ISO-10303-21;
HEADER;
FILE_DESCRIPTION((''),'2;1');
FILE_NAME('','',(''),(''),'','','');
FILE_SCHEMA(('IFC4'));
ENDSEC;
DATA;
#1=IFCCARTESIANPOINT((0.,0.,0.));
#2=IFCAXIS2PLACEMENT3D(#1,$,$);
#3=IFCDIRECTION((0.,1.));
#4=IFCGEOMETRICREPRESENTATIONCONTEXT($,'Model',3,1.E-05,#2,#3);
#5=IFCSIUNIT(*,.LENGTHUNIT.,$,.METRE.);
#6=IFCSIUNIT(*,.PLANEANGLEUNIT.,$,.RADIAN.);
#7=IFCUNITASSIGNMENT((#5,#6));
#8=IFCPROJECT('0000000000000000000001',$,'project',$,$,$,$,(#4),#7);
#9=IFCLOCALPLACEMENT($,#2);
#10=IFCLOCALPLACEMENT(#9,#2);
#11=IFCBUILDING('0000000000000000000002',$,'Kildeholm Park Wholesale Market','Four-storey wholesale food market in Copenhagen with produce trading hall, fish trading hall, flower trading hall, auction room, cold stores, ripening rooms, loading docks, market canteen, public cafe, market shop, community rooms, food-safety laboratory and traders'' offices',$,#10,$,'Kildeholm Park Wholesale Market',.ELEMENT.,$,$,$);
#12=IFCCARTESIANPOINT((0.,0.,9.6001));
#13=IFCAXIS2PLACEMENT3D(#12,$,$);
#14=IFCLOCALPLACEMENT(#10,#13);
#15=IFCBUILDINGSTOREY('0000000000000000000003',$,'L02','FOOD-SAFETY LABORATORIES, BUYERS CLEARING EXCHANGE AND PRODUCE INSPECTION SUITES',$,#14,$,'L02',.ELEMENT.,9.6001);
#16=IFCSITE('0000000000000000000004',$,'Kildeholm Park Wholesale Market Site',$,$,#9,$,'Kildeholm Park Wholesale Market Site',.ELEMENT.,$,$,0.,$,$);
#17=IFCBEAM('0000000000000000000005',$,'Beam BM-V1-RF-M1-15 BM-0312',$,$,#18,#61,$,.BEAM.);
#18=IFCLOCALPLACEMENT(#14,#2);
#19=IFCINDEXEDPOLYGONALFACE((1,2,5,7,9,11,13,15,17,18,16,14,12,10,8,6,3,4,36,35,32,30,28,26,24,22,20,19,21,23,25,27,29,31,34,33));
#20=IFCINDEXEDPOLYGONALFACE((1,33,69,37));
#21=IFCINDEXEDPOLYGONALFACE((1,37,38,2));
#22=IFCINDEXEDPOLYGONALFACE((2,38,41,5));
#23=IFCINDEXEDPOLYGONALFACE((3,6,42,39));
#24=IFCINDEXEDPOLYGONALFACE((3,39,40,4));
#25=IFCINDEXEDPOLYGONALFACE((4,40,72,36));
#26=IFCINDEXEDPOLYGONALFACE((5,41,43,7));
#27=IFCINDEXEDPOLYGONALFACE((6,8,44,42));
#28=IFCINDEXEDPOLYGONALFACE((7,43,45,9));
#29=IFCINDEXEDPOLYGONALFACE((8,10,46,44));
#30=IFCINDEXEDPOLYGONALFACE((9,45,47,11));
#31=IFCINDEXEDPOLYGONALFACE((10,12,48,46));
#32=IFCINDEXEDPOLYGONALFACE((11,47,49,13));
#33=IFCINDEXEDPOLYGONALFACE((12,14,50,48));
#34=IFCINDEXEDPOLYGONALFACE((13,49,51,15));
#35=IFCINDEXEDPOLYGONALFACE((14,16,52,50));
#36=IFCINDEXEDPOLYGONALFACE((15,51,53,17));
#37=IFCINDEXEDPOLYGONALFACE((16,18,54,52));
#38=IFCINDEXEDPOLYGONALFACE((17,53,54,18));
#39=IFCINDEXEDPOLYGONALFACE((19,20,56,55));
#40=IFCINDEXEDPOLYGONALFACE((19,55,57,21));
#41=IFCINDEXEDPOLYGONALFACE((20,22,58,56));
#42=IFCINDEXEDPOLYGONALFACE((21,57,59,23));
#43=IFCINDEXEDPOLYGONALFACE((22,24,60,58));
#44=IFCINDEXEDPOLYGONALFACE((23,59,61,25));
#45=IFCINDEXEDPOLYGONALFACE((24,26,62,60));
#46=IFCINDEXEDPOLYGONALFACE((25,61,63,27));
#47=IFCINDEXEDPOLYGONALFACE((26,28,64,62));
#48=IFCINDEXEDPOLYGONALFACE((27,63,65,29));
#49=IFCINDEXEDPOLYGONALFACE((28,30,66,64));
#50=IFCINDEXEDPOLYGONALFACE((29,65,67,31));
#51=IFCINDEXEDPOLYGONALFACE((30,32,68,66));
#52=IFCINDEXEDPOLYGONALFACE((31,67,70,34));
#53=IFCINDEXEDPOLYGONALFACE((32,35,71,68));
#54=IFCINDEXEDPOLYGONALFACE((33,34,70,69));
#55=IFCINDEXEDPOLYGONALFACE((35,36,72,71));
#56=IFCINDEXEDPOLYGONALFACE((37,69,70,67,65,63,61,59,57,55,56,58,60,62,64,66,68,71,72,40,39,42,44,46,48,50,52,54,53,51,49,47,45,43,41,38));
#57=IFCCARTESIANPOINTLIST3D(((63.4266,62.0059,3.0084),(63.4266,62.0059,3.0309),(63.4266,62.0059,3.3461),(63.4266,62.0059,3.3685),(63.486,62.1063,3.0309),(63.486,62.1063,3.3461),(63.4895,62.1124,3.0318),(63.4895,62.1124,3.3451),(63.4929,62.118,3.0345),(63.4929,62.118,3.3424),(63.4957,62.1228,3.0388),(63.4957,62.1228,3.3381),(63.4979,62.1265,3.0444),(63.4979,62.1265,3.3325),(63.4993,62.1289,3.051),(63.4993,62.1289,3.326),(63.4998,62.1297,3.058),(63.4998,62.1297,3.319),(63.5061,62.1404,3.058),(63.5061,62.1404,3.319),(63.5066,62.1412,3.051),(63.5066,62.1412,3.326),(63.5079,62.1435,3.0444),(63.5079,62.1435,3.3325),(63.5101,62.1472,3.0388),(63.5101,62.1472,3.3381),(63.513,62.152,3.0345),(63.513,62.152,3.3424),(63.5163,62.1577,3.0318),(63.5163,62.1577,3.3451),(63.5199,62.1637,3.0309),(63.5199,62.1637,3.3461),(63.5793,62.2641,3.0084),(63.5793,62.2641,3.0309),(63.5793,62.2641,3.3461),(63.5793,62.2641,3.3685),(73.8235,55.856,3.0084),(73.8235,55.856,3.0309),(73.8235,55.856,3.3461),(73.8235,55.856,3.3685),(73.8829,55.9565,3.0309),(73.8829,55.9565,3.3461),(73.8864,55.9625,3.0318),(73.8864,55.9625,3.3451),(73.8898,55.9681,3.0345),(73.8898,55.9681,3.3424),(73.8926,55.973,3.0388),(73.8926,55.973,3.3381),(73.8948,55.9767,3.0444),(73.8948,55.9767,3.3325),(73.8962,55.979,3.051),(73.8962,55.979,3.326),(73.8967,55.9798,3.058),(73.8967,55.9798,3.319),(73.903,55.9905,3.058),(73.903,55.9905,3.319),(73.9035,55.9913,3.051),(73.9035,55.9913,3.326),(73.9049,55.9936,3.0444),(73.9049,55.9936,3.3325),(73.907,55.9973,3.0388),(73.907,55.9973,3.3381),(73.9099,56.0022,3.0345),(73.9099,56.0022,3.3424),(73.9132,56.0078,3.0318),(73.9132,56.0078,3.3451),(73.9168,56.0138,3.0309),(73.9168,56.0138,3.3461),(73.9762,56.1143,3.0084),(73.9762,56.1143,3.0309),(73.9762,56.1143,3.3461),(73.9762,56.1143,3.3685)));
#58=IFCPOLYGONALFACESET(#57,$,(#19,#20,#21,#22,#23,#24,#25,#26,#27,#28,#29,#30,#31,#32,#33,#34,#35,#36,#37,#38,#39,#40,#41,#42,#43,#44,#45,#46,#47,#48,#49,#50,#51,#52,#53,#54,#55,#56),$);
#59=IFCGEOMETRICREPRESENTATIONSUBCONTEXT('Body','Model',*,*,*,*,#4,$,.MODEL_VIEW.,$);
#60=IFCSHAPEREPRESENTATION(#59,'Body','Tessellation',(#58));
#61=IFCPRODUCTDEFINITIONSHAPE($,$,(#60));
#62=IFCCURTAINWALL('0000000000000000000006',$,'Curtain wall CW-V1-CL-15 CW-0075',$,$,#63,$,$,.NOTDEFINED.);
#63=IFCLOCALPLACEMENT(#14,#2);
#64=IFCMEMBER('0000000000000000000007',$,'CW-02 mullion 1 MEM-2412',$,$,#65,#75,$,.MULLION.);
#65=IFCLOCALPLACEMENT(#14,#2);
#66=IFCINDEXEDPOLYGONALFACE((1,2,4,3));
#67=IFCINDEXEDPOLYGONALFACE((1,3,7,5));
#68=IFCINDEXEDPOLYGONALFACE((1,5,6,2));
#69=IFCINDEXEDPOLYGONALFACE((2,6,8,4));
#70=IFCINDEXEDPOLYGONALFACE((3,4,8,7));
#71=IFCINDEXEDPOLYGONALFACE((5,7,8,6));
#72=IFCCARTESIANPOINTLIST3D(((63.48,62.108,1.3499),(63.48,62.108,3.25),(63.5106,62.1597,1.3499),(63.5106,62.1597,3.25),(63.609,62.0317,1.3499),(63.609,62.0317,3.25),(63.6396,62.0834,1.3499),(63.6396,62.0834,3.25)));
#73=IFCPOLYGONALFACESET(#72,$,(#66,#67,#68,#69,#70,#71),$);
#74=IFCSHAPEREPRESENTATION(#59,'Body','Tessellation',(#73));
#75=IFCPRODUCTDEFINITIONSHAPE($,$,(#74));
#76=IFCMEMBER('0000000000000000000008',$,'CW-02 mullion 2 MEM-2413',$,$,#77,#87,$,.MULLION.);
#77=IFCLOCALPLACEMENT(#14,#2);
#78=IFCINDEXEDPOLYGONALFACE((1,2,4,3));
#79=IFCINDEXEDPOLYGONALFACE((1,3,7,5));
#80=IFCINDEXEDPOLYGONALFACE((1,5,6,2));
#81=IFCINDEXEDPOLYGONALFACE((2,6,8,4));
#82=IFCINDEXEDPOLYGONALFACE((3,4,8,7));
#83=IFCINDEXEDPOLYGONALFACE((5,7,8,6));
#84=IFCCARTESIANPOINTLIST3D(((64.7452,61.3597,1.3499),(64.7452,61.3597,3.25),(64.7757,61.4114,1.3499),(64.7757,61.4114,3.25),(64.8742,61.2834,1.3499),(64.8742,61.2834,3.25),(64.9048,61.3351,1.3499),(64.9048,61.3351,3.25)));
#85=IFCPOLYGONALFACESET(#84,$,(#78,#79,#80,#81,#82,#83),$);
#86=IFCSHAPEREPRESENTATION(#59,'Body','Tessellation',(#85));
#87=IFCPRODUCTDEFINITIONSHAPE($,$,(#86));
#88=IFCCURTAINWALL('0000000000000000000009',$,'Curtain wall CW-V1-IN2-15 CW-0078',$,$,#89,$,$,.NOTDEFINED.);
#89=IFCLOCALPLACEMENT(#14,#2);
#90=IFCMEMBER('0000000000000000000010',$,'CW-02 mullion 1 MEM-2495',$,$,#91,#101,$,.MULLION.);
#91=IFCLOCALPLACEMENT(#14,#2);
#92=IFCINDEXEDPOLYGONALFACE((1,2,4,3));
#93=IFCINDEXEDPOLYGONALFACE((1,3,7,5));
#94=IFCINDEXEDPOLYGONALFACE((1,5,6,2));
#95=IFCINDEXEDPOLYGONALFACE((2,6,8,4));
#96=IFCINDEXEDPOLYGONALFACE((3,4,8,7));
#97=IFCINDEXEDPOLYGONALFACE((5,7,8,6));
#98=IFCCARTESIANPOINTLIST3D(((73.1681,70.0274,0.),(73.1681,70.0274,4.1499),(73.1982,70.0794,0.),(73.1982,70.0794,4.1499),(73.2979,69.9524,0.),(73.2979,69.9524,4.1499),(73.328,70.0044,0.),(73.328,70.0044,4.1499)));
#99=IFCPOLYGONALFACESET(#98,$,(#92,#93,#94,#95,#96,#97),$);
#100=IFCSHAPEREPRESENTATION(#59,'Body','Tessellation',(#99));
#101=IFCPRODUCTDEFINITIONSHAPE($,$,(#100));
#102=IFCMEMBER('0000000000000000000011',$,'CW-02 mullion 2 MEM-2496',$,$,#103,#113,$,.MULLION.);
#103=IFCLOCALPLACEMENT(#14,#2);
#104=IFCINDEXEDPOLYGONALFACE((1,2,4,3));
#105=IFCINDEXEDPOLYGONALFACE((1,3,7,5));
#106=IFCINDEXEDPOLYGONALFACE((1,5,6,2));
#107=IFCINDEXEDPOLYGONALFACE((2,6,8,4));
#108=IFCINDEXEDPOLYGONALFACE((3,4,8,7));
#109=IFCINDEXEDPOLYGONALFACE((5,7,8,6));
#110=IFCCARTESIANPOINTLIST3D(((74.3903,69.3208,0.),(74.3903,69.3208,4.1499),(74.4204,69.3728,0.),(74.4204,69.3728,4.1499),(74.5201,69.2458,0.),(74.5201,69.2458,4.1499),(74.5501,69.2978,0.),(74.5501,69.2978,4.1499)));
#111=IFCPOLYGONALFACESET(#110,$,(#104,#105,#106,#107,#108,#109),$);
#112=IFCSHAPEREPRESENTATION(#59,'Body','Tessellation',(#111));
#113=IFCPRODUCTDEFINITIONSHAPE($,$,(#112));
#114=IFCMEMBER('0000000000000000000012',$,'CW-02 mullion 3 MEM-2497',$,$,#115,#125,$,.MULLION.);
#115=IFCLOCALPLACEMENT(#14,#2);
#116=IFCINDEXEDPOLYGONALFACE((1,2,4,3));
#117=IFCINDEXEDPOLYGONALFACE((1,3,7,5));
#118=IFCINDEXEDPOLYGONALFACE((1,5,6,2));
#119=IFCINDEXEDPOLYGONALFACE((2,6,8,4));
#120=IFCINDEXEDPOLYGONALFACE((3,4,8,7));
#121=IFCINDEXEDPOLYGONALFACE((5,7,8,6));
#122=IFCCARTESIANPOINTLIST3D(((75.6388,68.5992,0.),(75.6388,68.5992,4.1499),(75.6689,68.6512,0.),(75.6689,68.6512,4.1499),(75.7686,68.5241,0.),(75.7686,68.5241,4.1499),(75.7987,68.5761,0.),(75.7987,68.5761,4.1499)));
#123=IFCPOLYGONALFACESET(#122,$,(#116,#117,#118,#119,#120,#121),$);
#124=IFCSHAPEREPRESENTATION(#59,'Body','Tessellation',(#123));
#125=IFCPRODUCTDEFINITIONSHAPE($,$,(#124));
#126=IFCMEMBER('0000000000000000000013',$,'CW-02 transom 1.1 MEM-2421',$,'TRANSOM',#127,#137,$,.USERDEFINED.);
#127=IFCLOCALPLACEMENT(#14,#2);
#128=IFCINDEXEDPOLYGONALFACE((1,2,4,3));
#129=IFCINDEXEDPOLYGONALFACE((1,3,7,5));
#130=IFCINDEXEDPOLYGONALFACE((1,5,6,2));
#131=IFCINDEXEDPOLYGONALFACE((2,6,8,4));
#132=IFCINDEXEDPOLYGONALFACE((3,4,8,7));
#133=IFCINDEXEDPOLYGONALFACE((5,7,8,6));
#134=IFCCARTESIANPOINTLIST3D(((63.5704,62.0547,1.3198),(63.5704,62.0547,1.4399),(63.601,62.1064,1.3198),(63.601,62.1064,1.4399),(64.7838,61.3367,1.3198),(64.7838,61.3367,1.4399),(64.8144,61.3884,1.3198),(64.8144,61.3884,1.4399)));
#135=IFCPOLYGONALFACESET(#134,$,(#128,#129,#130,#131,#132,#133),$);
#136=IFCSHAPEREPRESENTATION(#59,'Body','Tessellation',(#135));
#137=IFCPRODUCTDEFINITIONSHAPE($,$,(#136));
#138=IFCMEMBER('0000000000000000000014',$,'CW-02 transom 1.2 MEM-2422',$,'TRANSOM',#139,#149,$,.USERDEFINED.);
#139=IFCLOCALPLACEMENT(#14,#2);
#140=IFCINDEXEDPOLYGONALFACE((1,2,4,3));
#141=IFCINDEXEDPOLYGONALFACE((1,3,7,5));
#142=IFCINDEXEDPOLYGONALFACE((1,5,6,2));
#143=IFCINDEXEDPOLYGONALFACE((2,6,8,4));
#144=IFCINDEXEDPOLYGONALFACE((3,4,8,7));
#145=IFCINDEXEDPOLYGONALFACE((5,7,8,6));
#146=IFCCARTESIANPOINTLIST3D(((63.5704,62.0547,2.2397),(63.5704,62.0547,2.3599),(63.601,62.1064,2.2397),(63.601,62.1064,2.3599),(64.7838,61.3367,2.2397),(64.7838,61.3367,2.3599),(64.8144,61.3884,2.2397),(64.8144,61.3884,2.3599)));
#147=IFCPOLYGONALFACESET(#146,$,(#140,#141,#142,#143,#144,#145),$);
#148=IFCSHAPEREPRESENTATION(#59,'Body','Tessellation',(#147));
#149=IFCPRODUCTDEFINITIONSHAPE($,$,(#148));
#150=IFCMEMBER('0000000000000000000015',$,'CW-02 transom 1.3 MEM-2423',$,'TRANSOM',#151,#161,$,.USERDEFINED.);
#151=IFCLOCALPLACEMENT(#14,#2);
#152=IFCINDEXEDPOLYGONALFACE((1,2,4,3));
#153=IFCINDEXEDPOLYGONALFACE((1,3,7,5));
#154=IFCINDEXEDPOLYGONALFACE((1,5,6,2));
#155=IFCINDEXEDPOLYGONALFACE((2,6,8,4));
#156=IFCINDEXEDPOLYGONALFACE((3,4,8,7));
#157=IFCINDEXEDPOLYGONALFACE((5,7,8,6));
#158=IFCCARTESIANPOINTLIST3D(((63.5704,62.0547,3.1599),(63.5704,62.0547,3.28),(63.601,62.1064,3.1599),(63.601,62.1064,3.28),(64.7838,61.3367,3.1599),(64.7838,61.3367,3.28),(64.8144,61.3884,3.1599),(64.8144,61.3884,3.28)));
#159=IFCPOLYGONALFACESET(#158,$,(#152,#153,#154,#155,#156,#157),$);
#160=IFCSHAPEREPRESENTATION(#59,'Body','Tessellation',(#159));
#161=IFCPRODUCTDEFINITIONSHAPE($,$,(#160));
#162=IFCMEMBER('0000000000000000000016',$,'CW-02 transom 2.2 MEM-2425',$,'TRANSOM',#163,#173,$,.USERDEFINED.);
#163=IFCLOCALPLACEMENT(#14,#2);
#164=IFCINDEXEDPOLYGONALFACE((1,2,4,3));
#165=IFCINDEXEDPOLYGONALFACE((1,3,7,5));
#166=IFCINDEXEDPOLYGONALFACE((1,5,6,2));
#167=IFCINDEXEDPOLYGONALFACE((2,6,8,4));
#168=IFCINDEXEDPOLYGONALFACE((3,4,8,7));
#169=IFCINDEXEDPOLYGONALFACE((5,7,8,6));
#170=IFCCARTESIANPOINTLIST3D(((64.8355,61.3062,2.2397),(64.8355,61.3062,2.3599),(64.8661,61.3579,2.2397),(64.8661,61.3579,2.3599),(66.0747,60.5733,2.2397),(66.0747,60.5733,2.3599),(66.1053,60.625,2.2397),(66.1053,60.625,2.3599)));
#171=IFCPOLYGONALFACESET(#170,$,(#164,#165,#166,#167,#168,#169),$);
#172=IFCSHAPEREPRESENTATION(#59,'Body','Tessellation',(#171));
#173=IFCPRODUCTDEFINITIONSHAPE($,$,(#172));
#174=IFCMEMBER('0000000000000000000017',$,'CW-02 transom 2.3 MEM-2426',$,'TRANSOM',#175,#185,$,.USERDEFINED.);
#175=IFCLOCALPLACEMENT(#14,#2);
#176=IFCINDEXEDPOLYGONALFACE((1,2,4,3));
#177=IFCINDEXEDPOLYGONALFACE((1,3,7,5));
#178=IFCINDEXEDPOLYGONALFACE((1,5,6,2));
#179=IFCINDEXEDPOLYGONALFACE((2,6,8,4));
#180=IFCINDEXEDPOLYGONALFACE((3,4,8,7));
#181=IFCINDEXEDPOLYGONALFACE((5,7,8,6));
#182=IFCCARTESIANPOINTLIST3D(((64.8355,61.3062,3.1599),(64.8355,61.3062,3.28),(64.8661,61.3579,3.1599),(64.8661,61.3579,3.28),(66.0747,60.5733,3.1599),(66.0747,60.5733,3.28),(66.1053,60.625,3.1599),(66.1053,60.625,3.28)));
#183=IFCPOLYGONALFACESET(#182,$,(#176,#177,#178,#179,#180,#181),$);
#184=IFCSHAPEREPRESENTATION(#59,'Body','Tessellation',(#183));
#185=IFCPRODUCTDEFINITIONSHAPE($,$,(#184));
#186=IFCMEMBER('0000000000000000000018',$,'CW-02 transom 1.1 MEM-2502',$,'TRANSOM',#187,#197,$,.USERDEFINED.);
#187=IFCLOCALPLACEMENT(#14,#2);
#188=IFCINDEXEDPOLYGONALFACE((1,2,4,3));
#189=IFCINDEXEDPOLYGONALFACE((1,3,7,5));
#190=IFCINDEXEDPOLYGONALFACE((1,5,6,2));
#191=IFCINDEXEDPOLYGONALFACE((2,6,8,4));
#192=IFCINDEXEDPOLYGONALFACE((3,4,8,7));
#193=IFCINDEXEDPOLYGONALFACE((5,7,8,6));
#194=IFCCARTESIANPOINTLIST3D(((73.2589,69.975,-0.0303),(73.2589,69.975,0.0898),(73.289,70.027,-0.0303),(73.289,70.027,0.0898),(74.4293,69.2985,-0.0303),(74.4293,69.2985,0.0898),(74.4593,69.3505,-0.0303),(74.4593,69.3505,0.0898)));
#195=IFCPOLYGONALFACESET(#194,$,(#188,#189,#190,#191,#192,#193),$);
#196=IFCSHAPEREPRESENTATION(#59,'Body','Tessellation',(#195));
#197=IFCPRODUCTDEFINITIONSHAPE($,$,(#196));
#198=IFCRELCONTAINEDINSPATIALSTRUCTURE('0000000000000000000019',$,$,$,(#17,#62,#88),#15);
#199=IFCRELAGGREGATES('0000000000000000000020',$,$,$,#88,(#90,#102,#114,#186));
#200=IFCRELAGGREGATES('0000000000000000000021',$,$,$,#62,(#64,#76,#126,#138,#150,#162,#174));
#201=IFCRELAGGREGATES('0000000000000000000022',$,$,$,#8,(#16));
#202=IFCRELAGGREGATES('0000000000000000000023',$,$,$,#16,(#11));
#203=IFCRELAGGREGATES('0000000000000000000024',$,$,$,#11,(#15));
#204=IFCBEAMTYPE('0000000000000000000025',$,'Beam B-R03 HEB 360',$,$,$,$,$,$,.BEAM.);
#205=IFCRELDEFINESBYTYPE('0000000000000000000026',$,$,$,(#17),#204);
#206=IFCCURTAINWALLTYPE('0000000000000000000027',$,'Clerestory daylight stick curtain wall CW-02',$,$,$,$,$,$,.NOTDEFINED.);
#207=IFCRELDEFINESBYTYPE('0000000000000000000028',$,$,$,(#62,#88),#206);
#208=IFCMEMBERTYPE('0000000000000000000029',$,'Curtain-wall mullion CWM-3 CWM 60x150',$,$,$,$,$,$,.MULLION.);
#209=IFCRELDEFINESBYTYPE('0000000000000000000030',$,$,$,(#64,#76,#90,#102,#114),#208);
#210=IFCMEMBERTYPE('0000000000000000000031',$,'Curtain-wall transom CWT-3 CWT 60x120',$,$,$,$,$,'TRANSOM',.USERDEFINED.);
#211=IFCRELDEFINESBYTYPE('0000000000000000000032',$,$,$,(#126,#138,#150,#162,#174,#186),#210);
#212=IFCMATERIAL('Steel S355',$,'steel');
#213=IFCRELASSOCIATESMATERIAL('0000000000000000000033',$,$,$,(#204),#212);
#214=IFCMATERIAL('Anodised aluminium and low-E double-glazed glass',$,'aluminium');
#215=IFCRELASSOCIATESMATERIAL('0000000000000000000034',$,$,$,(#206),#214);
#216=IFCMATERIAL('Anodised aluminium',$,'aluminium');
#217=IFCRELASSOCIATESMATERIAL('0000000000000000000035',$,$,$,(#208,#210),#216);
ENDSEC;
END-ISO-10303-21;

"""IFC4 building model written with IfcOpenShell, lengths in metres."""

from ifc_helpers import new_model, si_unit, direction, frame, origin, origin_2d, place, context, subcontext, project, spatial, rectangle, i_section, extrude, material, material_profile, profile_set, type_object, element, aggregate, save


model = new_model("IFC4")

# Units and contexts
model_context = context("Model", 3, precision=1e-05, world=origin(), true_north=direction((0.0, 1.0)))
body_context = subcontext(model_context, "Body", "Model", "MODEL_VIEW")
ifc_project = project(units=[si_unit("LENGTHUNIT", "METRE"), si_unit("PLANEANGLEUNIT", "RADIAN")], contexts=[model_context])

# Site, building, storey
site_placement = place(None, origin())
site = spatial("IfcSite", under=ifc_project, at=site_placement, Name="Kildeholm Park Wholesale Market Site", LongName="Kildeholm Park Wholesale Market Site", CompositionType="ELEMENT", RefElevation=0.0)
building_placement = place(site_placement, origin())
building = spatial("IfcBuilding", under=site, at=building_placement, Name="Kildeholm Park Wholesale Market", Description="Four-storey wholesale food market in Copenhagen with produce trading hall, fish trading hall, flower trading hall, auction room, cold stores, ripening rooms, loading docks, market canteen, public cafe, market shop, community rooms, food-safety laboratory and traders' offices", LongName="Kildeholm Park Wholesale Market", CompositionType="ELEMENT")
storey_placement = place(building_placement, frame((0.0, 0.0, 9.6001)))
storey = spatial("IfcBuildingStorey", under=building, at=storey_placement, Name="L02", Description="FOOD-SAFETY LABORATORIES, BUYERS CLEARING EXCHANGE AND PRODUCE INSPECTION SUITES", LongName="L02", CompositionType="ELEMENT", Elevation=9.6001)

# Beam
ifc_material_1 = material(Name="Steel S355", Category="steel")
ifc_material_profile_1 = material_profile(ifc_material_1, i_section(OverallWidth=0.3, OverallDepth=0.3601, WebThickness=0.0125, FlangeThickness=0.0225, FilletRadius=0.0271, at=origin_2d()), Name="HEB 360")
ifc_profile_set_1 = profile_set([ifc_material_profile_1], Name="Steel S355")
beam_type = type_object("IfcBeamType", Name="Beam B-R03 HEB 360", PredefinedType="BEAM", material=ifc_profile_set_1)
beam_placement = place(storey_placement, frame((63.5029, 62.135, 3.1885), z_axis=(0.8607, -0.509112, 0.0), x_axis=(0.509112, 0.8607, 0.0)))
element("IfcBeam", 1, at=beam_placement, inside=storey, type_object=beam_type, Name="Beam BM-V1-RF-M1-15 BM-0312", PredefinedType="BEAM", context=body_context, shape_type="SweptSolid", body=[
    extrude(i_section(OverallWidth=0.3, OverallDepth=0.3601, WebThickness=0.0125, FlangeThickness=0.0225, FilletRadius=0.0271, at=origin_2d()), origin(), (0.0, 0.0, 1.0), 12.0796),
])

# Curtain walls, members
ifc_material_2 = material(Name="Anodised aluminium and low-E double-glazed glass", Category="aluminium")
curtain_wall_type = type_object("IfcCurtainWallType", Name="Clerestory daylight stick curtain wall CW-02", PredefinedType="NOTDEFINED", material=ifc_material_2)
curtain_wall_1_placement = place(storey_placement, origin())
curtain_wall_1 = element("IfcCurtainWall", 2, at=curtain_wall_1_placement, inside=storey, type_object=curtain_wall_type, Name="Curtain wall CW-V1-CL-15 CW-0075", PredefinedType="NOTDEFINED")
ifc_material_3 = material(Name="Anodised aluminium", Category="aluminium")
ifc_material_profile_2 = material_profile(ifc_material_3, rectangle(XDim=0.0601, YDim=0.1499, at=origin_2d()), Name="CWM 60x150")
ifc_profile_set_2 = profile_set([ifc_material_profile_2], Name="Anodised aluminium")
member_type_1 = type_object("IfcMemberType", Name="Curtain-wall mullion CWM-3 CWM 60x150", PredefinedType="MULLION", material=ifc_profile_set_2)
member_1_placement = place(storey_placement, frame((63.5598, 62.0957, 1.3499), z_axis=(0.0, 0.0, 1.0), x_axis=(0.509105, 0.860704, 0.0)))
member_1 = element("IfcMember", 3, at=member_1_placement, type_object=member_type_1, Name="CW-02 mullion 1 MEM-2412", PredefinedType="MULLION", context=body_context, shape_type="SweptSolid", body=[
    extrude(rectangle(XDim=0.0601, YDim=0.1499, at=origin_2d()), origin(), (0.0, 0.0, 1.0), 1.9001),
])
member_2_placement = place(storey_placement, frame((64.825, 61.3474, 1.3499), z_axis=(0.0, 0.0, 1.0), x_axis=(0.509105, 0.860704, 0.0)))
member_2 = element("IfcMember", 4, at=member_2_placement, type_object=member_type_1, Name="CW-02 mullion 2 MEM-2413", PredefinedType="MULLION", context=body_context, shape_type="SweptSolid", body=[
    extrude(rectangle(XDim=0.0601, YDim=0.1499, at=origin_2d()), origin(), (0.0, 0.0, 1.0), 1.9001),
])
curtain_wall_2_placement = place(storey_placement, origin())
curtain_wall_2 = element("IfcCurtainWall", 5, at=curtain_wall_2_placement, inside=storey, type_object=curtain_wall_type, Name="Curtain wall CW-V1-IN2-15 CW-0078", PredefinedType="NOTDEFINED")
member_3_placement = place(storey_placement, frame((73.248, 70.0159, 0.0), z_axis=(0.0, 0.0, 1.0), x_axis=(0.500489, 0.865743, 0.0)))
member_3 = element("IfcMember", 6, at=member_3_placement, type_object=member_type_1, Name="CW-02 mullion 1 MEM-2495", PredefinedType="MULLION", context=body_context, shape_type="SweptSolid", body=[
    extrude(rectangle(XDim=0.0601, YDim=0.1499, at=origin_2d()), origin(), (0.0, 0.0, 1.0), 4.1499),
])
member_4_placement = place(storey_placement, frame((74.4702, 69.3093, 0.0), z_axis=(0.0, 0.0, 1.0), x_axis=(0.500489, 0.865743, 0.0)))
member_4 = element("IfcMember", 7, at=member_4_placement, type_object=member_type_1, Name="CW-02 mullion 2 MEM-2496", PredefinedType="MULLION", context=body_context, shape_type="SweptSolid", body=[
    extrude(rectangle(XDim=0.0601, YDim=0.1499, at=origin_2d()), origin(), (0.0, 0.0, 1.0), 4.1499),
])
member_5_placement = place(storey_placement, frame((75.7188, 68.5876, 0.0), z_axis=(0.0, 0.0, 1.0), x_axis=(0.500489, 0.865743, 0.0)))
member_5 = element("IfcMember", 8, at=member_5_placement, type_object=member_type_1, Name="CW-02 mullion 3 MEM-2497", PredefinedType="MULLION", context=body_context, shape_type="SweptSolid", body=[
    extrude(rectangle(XDim=0.0601, YDim=0.1499, at=origin_2d()), origin(), (0.0, 0.0, 1.0), 4.1499),
])

# Members
ifc_material_profile_3 = material_profile(ifc_material_3, rectangle(XDim=0.0601, YDim=0.1201, at=origin_2d()), Name="CWT 60x120")
ifc_profile_set_3 = profile_set([ifc_material_profile_3], Name="Anodised aluminium")
member_type_2 = type_object("IfcMemberType", Name="Curtain-wall transom CWT-3 CWT 60x120", ElementType="TRANSOM", PredefinedType="USERDEFINED", material=ifc_profile_set_3)
member_6_placement = place(storey_placement, frame((63.5857, 62.0806, 1.3799), z_axis=(0.860609, -0.509266, 0.0), x_axis=(0.509266, 0.860609, 0.0)))
member_6 = element("IfcMember", 9, at=member_6_placement, type_object=member_type_2, Name="CW-02 transom 1.1 MEM-2421", ObjectType="TRANSOM", PredefinedType="USERDEFINED", context=body_context, shape_type="SweptSolid", body=[
    extrude(rectangle(XDim=0.0601, YDim=0.1201, at=origin_2d()), origin(), (0.0, 0.0, 1.0), 1.4099),
])
member_7_placement = place(storey_placement, frame((63.5857, 62.0806, 2.2998), z_axis=(0.860609, -0.509266, 0.0), x_axis=(0.509266, 0.860609, 0.0)))
member_7 = element("IfcMember", 10, at=member_7_placement, type_object=member_type_2, Name="CW-02 transom 1.2 MEM-2422", ObjectType="TRANSOM", PredefinedType="USERDEFINED", context=body_context, shape_type="SweptSolid", body=[
    extrude(rectangle(XDim=0.0601, YDim=0.1201, at=origin_2d()), origin(), (0.0, 0.0, 1.0), 1.4099),
])
member_8_placement = place(storey_placement, frame((63.5857, 62.0806, 3.22), z_axis=(0.860609, -0.509266, 0.0), x_axis=(0.509266, 0.860609, 0.0)))
member_8 = element("IfcMember", 11, at=member_8_placement, type_object=member_type_2, Name="CW-02 transom 1.3 MEM-2423", ObjectType="TRANSOM", PredefinedType="USERDEFINED", context=body_context, shape_type="SweptSolid", body=[
    extrude(rectangle(XDim=0.0601, YDim=0.1201, at=origin_2d()), origin(), (0.0, 0.0, 1.0), 1.4099),
])
member_9_placement = place(storey_placement, frame((64.8508, 61.332, 2.2998), z_axis=(0.860737, -0.509049, 0.0), x_axis=(0.509049, 0.860737, 0.0)))
member_9 = element("IfcMember", 12, at=member_9_placement, type_object=member_type_2, Name="CW-02 transom 2.2 MEM-2425", ObjectType="TRANSOM", PredefinedType="USERDEFINED", context=body_context, shape_type="SweptSolid", body=[
    extrude(rectangle(XDim=0.0601, YDim=0.1201, at=origin_2d()), origin(), (0.0, 0.0, 1.0), 1.4397),
])
member_10_placement = place(storey_placement, frame((64.8508, 61.332, 3.22), z_axis=(0.860737, -0.509049, 0.0), x_axis=(0.509049, 0.860737, 0.0)))
member_10 = element("IfcMember", 13, at=member_10_placement, type_object=member_type_2, Name="CW-02 transom 2.3 MEM-2426", ObjectType="TRANSOM", PredefinedType="USERDEFINED", context=body_context, shape_type="SweptSolid", body=[
    extrude(rectangle(XDim=0.0601, YDim=0.1201, at=origin_2d()), origin(), (0.0, 0.0, 1.0), 1.4397),
])
member_11_placement = place(storey_placement, frame((73.2739, 70.001, 0.0298), z_axis=(0.865776, -0.500431, 0.0), x_axis=(0.500431, 0.865776, 0.0)))
member_11 = element("IfcMember", 14, at=member_11_placement, type_object=member_type_2, Name="CW-02 transom 1.1 MEM-2502", ObjectType="TRANSOM", PredefinedType="USERDEFINED", context=body_context, shape_type="SweptSolid", body=[
    extrude(rectangle(XDim=0.0601, YDim=0.1201, at=origin_2d()), origin(), (0.0, 0.0, 1.0), 1.3518),
])

aggregate(curtain_wall_2, [member_3, member_4, member_5, member_11])
aggregate(curtain_wall_1, [member_1, member_2, member_6, member_7, member_8, member_9, member_10])

save(model, "model.ifc")
